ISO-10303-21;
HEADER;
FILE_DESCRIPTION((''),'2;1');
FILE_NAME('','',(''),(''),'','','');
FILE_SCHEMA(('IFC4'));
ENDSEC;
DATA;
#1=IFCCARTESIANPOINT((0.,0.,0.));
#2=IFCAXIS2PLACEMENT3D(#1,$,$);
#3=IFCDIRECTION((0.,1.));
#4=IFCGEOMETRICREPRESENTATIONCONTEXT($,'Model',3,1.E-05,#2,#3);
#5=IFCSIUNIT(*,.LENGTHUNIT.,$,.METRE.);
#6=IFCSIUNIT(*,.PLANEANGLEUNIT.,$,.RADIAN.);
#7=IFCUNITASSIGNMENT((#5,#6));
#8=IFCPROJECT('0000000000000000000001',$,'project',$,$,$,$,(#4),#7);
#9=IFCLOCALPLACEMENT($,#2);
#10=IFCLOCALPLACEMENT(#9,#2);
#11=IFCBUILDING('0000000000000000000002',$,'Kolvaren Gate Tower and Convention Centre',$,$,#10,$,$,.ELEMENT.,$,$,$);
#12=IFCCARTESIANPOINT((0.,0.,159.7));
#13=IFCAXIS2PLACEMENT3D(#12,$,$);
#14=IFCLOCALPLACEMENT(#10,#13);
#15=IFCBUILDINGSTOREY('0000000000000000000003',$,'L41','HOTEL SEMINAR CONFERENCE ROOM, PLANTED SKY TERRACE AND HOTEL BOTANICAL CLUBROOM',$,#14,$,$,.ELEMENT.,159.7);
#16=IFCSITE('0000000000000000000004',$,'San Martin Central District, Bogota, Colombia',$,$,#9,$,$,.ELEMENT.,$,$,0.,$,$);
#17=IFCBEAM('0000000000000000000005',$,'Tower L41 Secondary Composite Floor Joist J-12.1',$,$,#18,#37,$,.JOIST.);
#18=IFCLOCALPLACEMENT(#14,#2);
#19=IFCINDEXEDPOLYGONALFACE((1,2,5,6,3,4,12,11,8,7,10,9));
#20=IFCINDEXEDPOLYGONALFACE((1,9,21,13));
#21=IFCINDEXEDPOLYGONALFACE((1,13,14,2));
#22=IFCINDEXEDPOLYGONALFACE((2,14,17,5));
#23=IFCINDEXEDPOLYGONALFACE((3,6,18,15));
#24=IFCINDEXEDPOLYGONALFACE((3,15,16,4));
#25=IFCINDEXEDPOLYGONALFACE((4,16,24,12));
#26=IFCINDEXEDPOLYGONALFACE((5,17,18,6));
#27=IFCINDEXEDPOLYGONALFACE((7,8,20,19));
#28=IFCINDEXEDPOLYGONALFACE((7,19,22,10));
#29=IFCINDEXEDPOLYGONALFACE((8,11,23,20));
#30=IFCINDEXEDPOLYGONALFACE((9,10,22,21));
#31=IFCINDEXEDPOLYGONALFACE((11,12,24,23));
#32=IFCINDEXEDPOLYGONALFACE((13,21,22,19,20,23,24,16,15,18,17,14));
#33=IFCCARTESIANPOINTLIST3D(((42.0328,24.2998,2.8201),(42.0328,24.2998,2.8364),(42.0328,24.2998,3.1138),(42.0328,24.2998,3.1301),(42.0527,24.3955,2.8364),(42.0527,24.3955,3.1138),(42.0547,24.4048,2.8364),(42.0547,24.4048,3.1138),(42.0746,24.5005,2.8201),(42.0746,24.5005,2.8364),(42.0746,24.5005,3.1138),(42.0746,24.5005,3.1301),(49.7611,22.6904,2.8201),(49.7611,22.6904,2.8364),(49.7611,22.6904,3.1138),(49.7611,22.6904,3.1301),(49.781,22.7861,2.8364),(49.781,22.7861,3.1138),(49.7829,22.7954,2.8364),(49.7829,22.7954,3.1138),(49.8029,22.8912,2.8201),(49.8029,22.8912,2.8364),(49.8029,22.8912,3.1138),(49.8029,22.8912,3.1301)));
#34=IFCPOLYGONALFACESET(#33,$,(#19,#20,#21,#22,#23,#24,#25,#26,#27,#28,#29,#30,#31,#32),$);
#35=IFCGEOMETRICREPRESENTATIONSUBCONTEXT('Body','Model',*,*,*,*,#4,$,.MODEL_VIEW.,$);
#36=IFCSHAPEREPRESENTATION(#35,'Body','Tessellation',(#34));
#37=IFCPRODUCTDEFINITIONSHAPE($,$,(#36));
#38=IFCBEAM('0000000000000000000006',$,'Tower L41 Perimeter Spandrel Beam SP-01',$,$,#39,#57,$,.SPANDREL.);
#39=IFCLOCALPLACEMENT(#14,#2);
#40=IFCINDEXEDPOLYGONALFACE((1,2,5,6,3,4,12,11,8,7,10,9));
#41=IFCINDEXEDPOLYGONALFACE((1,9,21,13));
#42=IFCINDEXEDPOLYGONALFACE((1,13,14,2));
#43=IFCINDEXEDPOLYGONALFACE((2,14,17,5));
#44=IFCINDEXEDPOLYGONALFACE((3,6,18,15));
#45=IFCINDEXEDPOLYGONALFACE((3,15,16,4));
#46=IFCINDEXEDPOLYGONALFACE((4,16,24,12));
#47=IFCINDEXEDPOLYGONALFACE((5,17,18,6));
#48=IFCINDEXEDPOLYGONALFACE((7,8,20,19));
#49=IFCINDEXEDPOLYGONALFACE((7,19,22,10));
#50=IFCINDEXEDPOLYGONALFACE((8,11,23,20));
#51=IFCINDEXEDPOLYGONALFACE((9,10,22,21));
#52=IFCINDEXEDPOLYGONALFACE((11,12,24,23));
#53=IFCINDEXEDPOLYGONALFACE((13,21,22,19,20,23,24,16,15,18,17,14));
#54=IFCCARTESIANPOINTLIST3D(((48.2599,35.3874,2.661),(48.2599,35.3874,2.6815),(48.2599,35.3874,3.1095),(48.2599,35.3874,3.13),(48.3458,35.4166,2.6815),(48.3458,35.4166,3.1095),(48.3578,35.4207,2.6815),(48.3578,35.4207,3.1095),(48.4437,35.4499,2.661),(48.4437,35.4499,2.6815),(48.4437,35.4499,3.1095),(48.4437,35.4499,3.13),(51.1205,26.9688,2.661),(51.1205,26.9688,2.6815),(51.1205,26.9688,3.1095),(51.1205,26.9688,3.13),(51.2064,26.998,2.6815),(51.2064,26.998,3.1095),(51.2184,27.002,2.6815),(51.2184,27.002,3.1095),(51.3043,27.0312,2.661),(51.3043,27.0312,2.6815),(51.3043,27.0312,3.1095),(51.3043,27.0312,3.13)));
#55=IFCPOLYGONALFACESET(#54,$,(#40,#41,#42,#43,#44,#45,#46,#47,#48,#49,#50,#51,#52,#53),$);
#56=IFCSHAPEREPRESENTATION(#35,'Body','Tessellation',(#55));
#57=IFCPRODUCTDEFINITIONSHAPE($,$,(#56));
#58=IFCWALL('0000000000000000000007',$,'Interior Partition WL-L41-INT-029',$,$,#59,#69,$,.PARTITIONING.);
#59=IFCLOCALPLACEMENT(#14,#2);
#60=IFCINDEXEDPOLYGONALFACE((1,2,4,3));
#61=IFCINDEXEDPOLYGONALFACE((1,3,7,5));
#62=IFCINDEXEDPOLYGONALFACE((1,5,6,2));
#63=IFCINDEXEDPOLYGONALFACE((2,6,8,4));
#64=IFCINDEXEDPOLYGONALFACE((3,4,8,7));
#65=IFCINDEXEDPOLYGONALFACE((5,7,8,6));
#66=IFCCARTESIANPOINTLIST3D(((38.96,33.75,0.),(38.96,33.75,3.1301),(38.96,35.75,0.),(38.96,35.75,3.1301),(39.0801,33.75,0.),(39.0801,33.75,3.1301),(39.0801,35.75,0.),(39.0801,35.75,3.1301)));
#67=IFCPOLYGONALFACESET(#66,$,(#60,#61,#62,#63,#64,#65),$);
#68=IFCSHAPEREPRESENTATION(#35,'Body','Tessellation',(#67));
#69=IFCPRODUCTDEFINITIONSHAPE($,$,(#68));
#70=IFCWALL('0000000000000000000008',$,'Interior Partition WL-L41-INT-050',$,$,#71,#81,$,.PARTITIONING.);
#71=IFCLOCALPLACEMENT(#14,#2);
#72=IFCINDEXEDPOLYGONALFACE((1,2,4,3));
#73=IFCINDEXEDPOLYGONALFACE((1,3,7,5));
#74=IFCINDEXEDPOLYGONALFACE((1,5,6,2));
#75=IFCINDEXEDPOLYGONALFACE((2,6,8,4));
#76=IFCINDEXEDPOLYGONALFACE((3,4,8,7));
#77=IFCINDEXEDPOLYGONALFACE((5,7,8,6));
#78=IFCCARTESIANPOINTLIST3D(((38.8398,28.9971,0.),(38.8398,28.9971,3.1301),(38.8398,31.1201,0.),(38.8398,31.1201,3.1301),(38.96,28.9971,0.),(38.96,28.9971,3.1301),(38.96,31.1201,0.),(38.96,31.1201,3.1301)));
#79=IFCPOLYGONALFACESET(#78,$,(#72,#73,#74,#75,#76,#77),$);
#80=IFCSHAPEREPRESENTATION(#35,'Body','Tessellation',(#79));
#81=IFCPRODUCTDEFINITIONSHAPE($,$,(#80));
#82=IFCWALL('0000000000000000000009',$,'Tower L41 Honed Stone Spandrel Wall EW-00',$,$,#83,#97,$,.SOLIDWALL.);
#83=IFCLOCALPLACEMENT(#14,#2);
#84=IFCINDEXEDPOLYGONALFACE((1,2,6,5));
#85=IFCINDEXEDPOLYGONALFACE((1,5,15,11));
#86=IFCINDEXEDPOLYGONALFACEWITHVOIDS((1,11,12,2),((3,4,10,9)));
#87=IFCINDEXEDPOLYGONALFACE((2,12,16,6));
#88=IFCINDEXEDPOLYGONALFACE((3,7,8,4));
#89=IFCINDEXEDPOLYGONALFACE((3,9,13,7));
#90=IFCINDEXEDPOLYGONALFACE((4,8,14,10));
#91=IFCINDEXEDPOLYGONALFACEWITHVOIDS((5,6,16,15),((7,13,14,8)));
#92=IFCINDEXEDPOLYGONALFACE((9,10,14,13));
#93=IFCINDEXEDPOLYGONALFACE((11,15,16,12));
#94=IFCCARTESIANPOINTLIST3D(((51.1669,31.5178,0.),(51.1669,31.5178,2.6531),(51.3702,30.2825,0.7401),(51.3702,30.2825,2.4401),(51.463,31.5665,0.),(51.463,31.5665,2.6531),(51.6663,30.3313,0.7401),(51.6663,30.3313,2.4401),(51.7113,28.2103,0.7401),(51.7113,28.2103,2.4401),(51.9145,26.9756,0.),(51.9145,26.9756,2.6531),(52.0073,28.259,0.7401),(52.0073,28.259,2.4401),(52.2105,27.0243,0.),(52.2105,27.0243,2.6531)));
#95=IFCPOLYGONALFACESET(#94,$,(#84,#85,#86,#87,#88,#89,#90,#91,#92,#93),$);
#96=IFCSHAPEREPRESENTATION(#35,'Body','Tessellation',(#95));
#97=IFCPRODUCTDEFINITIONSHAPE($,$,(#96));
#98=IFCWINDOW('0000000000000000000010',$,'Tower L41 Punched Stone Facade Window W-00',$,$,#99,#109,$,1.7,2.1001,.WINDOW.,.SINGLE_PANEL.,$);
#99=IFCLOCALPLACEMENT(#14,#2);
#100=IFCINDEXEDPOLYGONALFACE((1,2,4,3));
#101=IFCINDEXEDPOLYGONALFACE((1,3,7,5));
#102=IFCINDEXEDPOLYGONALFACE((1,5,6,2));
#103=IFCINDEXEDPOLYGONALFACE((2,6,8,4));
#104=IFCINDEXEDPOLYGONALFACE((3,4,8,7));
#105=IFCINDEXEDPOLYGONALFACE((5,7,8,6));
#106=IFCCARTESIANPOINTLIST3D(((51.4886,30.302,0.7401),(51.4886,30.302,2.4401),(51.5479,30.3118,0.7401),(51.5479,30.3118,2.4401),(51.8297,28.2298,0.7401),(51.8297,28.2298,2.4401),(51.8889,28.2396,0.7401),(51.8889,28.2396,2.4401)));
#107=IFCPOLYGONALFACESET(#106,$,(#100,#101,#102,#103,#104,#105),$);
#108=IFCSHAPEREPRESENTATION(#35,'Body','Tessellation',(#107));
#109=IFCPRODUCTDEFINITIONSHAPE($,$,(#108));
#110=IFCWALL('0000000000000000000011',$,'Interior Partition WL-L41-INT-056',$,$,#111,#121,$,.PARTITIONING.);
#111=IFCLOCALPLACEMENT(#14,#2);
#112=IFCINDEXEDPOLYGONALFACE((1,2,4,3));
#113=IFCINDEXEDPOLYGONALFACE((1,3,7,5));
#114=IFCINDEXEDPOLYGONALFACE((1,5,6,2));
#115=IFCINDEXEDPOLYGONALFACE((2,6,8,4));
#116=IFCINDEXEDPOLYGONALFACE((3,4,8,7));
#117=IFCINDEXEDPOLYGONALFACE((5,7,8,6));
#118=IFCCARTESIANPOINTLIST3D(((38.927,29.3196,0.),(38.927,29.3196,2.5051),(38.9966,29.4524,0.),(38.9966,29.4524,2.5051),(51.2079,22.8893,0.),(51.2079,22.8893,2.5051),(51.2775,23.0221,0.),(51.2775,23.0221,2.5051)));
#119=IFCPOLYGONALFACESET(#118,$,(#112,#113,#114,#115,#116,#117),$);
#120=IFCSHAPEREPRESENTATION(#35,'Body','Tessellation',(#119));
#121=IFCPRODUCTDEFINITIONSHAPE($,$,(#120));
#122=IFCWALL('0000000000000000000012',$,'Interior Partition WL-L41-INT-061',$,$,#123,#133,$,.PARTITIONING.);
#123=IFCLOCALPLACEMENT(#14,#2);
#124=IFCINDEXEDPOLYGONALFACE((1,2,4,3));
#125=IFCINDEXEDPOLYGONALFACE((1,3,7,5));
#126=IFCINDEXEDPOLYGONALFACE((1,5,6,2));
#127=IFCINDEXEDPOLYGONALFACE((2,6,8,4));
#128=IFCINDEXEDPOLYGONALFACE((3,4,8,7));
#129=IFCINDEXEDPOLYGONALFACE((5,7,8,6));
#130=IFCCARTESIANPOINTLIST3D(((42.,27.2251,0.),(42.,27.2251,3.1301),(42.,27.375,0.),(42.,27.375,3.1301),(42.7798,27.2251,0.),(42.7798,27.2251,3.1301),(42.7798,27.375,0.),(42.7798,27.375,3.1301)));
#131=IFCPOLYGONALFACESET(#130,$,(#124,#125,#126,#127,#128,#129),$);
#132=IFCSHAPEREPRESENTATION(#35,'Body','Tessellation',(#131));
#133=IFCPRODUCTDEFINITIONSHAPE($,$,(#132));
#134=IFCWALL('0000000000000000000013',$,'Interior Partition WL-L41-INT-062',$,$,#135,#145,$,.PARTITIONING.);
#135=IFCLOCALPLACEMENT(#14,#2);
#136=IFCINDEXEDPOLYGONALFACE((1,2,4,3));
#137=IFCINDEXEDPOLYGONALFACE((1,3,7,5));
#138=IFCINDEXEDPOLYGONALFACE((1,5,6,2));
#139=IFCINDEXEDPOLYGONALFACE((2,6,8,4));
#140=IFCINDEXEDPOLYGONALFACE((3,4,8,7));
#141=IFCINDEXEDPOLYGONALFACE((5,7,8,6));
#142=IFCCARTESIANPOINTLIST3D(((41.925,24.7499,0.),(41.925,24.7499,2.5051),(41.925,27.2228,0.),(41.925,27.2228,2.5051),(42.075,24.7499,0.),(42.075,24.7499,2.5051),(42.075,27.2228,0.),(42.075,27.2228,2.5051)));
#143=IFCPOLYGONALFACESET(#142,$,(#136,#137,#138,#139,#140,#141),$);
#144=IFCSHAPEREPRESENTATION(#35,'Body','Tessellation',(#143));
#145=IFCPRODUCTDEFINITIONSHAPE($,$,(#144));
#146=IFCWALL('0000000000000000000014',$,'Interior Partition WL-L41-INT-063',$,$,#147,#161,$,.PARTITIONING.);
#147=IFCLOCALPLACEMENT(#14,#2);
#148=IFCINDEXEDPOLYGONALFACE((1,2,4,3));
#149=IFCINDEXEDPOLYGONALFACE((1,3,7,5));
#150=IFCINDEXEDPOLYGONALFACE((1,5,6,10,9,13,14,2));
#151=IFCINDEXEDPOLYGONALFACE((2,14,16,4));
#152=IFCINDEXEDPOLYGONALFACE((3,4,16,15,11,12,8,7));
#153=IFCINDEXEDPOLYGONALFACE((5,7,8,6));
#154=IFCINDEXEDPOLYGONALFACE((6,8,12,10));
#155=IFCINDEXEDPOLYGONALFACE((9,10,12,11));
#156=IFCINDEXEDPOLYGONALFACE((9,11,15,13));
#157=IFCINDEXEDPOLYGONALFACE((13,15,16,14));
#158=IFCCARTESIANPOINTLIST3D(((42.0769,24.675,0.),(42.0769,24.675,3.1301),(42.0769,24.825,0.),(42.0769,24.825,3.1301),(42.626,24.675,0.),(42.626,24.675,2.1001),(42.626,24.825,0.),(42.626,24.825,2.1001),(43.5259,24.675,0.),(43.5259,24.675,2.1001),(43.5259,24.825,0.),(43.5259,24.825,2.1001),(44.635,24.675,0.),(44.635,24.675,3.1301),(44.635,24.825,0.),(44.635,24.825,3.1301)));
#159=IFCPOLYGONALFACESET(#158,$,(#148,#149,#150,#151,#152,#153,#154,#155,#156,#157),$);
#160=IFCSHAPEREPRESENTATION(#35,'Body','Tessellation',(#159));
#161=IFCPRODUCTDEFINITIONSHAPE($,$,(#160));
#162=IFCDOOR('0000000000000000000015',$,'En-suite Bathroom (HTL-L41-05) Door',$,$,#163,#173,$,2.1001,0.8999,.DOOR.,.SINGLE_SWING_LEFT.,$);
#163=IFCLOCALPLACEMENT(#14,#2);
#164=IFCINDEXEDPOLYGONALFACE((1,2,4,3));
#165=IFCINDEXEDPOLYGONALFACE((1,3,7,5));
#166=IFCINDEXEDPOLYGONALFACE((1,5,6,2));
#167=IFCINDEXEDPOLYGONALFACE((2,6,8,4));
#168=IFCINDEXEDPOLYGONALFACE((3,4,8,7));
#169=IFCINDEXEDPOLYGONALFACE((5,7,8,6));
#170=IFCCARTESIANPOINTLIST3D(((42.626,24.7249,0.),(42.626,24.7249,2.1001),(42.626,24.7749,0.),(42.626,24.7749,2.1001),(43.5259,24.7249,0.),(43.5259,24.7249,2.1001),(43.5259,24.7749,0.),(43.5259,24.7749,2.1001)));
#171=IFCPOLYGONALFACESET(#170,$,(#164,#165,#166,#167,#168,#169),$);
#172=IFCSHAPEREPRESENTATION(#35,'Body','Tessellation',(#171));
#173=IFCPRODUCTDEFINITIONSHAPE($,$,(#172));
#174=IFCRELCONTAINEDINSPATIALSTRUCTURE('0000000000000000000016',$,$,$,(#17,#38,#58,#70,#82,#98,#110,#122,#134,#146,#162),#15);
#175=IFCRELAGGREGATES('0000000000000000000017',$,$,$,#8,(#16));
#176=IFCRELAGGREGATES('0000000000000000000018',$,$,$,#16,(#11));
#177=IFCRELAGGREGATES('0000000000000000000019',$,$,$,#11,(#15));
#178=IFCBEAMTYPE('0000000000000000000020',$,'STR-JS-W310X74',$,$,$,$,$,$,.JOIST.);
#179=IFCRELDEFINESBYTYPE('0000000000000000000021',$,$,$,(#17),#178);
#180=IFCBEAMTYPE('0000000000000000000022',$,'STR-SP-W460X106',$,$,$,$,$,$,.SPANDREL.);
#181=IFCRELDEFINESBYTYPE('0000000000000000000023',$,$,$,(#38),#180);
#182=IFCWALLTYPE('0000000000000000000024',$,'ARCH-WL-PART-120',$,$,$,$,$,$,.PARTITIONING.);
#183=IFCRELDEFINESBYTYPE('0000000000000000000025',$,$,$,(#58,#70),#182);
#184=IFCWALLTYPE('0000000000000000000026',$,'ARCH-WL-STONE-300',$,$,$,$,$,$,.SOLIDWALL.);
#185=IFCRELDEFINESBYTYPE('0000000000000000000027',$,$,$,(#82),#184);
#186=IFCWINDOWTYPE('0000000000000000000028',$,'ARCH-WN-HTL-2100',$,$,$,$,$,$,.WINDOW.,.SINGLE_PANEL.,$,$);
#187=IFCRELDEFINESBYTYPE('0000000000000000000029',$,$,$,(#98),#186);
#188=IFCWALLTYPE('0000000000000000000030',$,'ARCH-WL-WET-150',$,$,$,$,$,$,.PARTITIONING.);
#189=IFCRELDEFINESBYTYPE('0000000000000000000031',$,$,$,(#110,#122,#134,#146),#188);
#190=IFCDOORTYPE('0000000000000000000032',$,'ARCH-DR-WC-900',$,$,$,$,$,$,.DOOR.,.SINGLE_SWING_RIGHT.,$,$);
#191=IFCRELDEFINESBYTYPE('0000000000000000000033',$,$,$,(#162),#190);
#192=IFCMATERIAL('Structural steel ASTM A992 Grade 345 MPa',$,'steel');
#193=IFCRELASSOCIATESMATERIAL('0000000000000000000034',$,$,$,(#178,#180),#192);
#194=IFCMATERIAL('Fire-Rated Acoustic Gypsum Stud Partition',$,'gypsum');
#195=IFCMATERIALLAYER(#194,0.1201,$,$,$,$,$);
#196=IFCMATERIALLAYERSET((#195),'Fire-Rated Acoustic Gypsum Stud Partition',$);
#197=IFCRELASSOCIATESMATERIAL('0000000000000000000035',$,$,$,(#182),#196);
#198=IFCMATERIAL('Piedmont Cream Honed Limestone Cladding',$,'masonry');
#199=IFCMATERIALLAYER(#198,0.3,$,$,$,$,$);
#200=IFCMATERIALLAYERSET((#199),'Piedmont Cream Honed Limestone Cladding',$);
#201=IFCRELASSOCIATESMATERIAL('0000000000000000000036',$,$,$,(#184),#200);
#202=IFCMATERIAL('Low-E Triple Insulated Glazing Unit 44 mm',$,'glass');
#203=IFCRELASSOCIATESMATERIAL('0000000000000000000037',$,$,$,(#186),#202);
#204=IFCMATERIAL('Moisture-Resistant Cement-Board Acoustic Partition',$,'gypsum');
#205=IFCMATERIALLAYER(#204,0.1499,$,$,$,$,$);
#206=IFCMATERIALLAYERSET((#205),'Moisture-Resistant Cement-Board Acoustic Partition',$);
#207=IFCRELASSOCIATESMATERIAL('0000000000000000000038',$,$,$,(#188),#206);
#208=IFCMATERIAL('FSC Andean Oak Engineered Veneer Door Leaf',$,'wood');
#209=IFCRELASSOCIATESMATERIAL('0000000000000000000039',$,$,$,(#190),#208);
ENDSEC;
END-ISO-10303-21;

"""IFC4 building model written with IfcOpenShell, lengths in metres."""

from ifc_helpers import new_model, si_unit, direction, frame, frame_2d, origin, origin_2d, place, context, subcontext, project, spatial, rectangle, i_section, extrude, material, layer, layer_set, material_profile, profile_set, type_object, element, fill, save


model = new_model("IFC4")

# Units and contexts
model_context = context("Model", 3, precision=1e-05, world=origin(), true_north=direction((0.0, 1.0)))
body_context = subcontext(model_context, "Body", "Model", "MODEL_VIEW")
ifc_project = project(units=[si_unit("LENGTHUNIT", "METRE"), si_unit("PLANEANGLEUNIT", "RADIAN")], contexts=[model_context])

# Site, building, storey
site_placement = place(None, origin())
site = spatial("IfcSite", under=ifc_project, at=site_placement, Name="San Martin Central District, Bogota, Colombia", CompositionType="ELEMENT", RefElevation=0.0)
building_placement = place(site_placement, origin())
building = spatial("IfcBuilding", under=site, at=building_placement, Name="Kolvaren Gate Tower and Convention Centre", CompositionType="ELEMENT")
storey_placement = place(building_placement, frame((0.0, 0.0, 159.7)))
storey = spatial("IfcBuildingStorey", under=building, at=storey_placement, Name="L41", Description="HOTEL SEMINAR CONFERENCE ROOM, PLANTED SKY TERRACE AND HOTEL BOTANICAL CLUBROOM", CompositionType="ELEMENT", Elevation=159.7)

# Beams
ifc_material_1 = material(Name="Structural steel ASTM A992 Grade 345 MPa", Category="steel")
ifc_material_profile_1 = material_profile(ifc_material_1, i_section(OverallWidth=0.2051, OverallDepth=0.3101, WebThickness=0.0095, FlangeThickness=0.0164, at=origin_2d()), Name="W310X74")
ifc_profile_set_1 = profile_set([ifc_material_profile_1], Name="Structural steel ASTM A992 Grade 345 MPa")
beam_type_1 = type_object("IfcBeamType", Name="STR-JS-W310X74", PredefinedType="JOIST", material=ifc_profile_set_1)
beam_1_placement = place(storey_placement, frame((42.0537, 24.4001, 2.9751), z_axis=(0.978998, -0.203872, 0.0), x_axis=(0.203872, 0.978998, 0.0)))
element("IfcBeam", 1, at=beam_1_placement, inside=storey, type_object=beam_type_1, Name="Tower L41 Secondary Composite Floor Joist J-12.1", PredefinedType="JOIST", context=body_context, shape_type="SweptSolid", body=[
    extrude(i_section(OverallWidth=0.2051, OverallDepth=0.3101, WebThickness=0.0095, FlangeThickness=0.0164, at=origin_2d()), origin(), (0.0, 0.0, 1.0), 7.894),
])
ifc_material_profile_2 = material_profile(ifc_material_1, i_section(OverallWidth=0.1941, OverallDepth=0.469, WebThickness=0.0127, FlangeThickness=0.0205, at=origin_2d()), Name="W460X106")
ifc_profile_set_2 = profile_set([ifc_material_profile_2], Name="Structural steel ASTM A992 Grade 345 MPa")
beam_type_2 = type_object("IfcBeamType", Name="STR-SP-W460X106", PredefinedType="SPANDREL", material=ifc_profile_set_2)
beam_2_placement = place(storey_placement, frame((51.2124, 27.0, 2.8955), z_axis=(-0.321725, 0.946833, 0.0), x_axis=(-0.946833, -0.321725, 0.0)))
element("IfcBeam", 2, at=beam_2_placement, inside=storey, type_object=beam_type_2, Name="Tower L41 Perimeter Spandrel Beam SP-01", PredefinedType="SPANDREL", context=body_context, shape_type="SweptSolid", body=[
    extrude(i_section(OverallWidth=0.1941, OverallDepth=0.469, WebThickness=0.0127, FlangeThickness=0.0205, at=origin_2d()), origin(), (0.0, 0.0, 1.0), 8.8914),
])

# Walls
ifc_material_2 = material(Name="Fire-Rated Acoustic Gypsum Stud Partition", Category="gypsum")
ifc_layer_1 = layer(ifc_material_2, 0.1201)
ifc_layer_set_1 = layer_set([ifc_layer_1], Name="Fire-Rated Acoustic Gypsum Stud Partition")
wall_type_1 = type_object("IfcWallType", Name="ARCH-WL-PART-120", PredefinedType="PARTITIONING", material=ifc_layer_set_1)
wall_1_placement = place(storey_placement, frame((39.02, 33.75, 0.0), z_axis=(0.0, 0.0, 1.0), x_axis=(0.0, 1.0, 0.0)))
element("IfcWall", 3, at=wall_1_placement, inside=storey, type_object=wall_type_1, Name="Interior Partition WL-L41-INT-029", PredefinedType="PARTITIONING", context=body_context, shape_type="SweptSolid", body=[
    extrude(rectangle(XDim=2.0, YDim=0.1201, at=frame_2d((1.0, 0.0))), origin(), (0.0, 0.0, 1.0), 3.1301),
])
wall_2_placement = place(storey_placement, frame((38.8999, 28.9971, 0.0), z_axis=(0.0, 0.0, 1.0), x_axis=(0.0, 1.0, 0.0)))
element("IfcWall", 4, at=wall_2_placement, inside=storey, type_object=wall_type_1, Name="Interior Partition WL-L41-INT-050", PredefinedType="PARTITIONING", context=body_context, shape_type="SweptSolid", body=[
    extrude(rectangle(XDim=2.123, YDim=0.1201, at=frame_2d((1.0615, 0.0))), origin(), (0.0, 0.0, 1.0), 3.1301),
])

# Wall, opening, window
ifc_material_3 = material(Name="Piedmont Cream Honed Limestone Cladding", Category="masonry")
ifc_layer_2 = layer(ifc_material_3, 0.3)
ifc_layer_set_2 = layer_set([ifc_layer_2], Name="Piedmont Cream Honed Limestone Cladding")
wall_type_2 = type_object("IfcWallType", Name="ARCH-WL-STONE-300", PredefinedType="SOLIDWALL", material=ifc_layer_set_2)
wall_3_placement = place(storey_placement, frame((51.3149, 31.5422, 0.0), z_axis=(0.0, 0.0, 1.0), x_axis=(0.162395, -0.986726, 0.0)))
wall_3 = element("IfcWall", 5, at=wall_3_placement, inside=storey, type_object=wall_type_2, Name="Tower L41 Honed Stone Spandrel Wall EW-00", PredefinedType="SOLIDWALL", context=body_context, shape_type="SweptSolid", body=[
    extrude(rectangle(XDim=4.6033, YDim=0.3, at=frame_2d((2.3018, 0.0))), origin(), (0.0, 0.0, 1.0), 2.6531),
])
opening_1_placement = place(wall_3_placement, frame((1.252, 0.0, 0.74)))
opening_1 = element("IfcOpeningElement", 6, at=opening_1_placement, cuts=wall_3, PredefinedType="OPENING", context=body_context, shape_type="SweptSolid", body=[
    extrude(rectangle(XDim=2.1001, YDim=1.7, at=frame_2d((1.05, 0.8501))), frame((0.0, 0.1599, 0.0), z_axis=(0.0, -1.0, 0.0), x_axis=(1.0, 0.0, 0.0)), (0.0, 0.0, 1.0), 0.3201),
])
ifc_material_4 = material(Name="Low-E Triple Insulated Glazing Unit 44 mm", Category="glass")
window_type = type_object("IfcWindowType", Name="ARCH-WN-HTL-2100", PartitioningType="SINGLE_PANEL", PredefinedType="WINDOW", material=ifc_material_4)
window_placement = place(opening_1_placement, origin())
window = element("IfcWindow", 7, at=window_placement, inside=storey, type_object=window_type, Name="Tower L41 Punched Stone Facade Window W-00", OverallHeight=1.7, OverallWidth=2.1001, PartitioningType="SINGLE_PANEL", PredefinedType="WINDOW", context=body_context, shape_type="SweptSolid", body=[
    extrude(rectangle(XDim=2.1001, YDim=1.7, at=frame_2d((1.05, 0.8501))), frame((0.0, 0.03, 0.0), z_axis=(0.0, -1.0, 0.0), x_axis=(1.0, 0.0, 0.0)), (0.0, 0.0, 1.0), 0.0601),
])
fill(opening_1, window)

# Walls
ifc_material_5 = material(Name="Moisture-Resistant Cement-Board Acoustic Partition", Category="gypsum")
ifc_layer_3 = layer(ifc_material_5, 0.1499)
ifc_layer_set_3 = layer_set([ifc_layer_3], Name="Moisture-Resistant Cement-Board Acoustic Partition")
wall_type_3 = type_object("IfcWallType", Name="ARCH-WL-WET-150", PredefinedType="PARTITIONING", material=ifc_layer_set_3)
wall_4_placement = place(storey_placement, frame((38.9619, 29.386, 0.0), z_axis=(0.0, 0.0, 1.0), x_axis=(0.885905, -0.463866, 0.0)))
element("IfcWall", 8, at=wall_4_placement, inside=storey, type_object=wall_type_3, Name="Interior Partition WL-L41-INT-056", PredefinedType="PARTITIONING", context=body_context, shape_type="SweptSolid", body=[
    extrude(rectangle(XDim=13.8625, YDim=0.1499, at=frame_2d((6.9312, 0.0))), origin(), (0.0, 0.0, 1.0), 2.5051),
])
wall_5_placement = place(storey_placement, frame((42.0, 27.3, 0.0), z_axis=(0.0, 0.0, 1.0), x_axis=(1.0, 0.0, 0.0)))
element("IfcWall", 9, at=wall_5_placement, inside=storey, type_object=wall_type_3, Name="Interior Partition WL-L41-INT-061", PredefinedType="PARTITIONING", context=body_context, shape_type="SweptSolid", body=[
    extrude(rectangle(XDim=0.7798, YDim=0.1499, at=frame_2d((0.3899, 0.0))), origin(), (0.0, 0.0, 1.0), 3.1301),
])
wall_6_placement = place(storey_placement, frame((42.0, 24.75, 0.0), z_axis=(0.0, 0.0, 1.0), x_axis=(0.0, 1.0, 0.0)))
element("IfcWall", 10, at=wall_6_placement, inside=storey, type_object=wall_type_3, Name="Interior Partition WL-L41-INT-062", PredefinedType="PARTITIONING", context=body_context, shape_type="SweptSolid", body=[
    extrude(rectangle(XDim=2.4729, YDim=0.1499, at=frame_2d((1.2363, 0.0))), origin(), (0.0, 0.0, 1.0), 2.5051),
])

# Wall, opening, door
wall_7_placement = place(storey_placement, frame((42.0769, 24.75, 0.0), z_axis=(0.0, 0.0, 1.0), x_axis=(1.0, 0.0, 0.0)))
wall_7 = element("IfcWall", 11, at=wall_7_placement, inside=storey, type_object=wall_type_3, Name="Interior Partition WL-L41-INT-063", PredefinedType="PARTITIONING", context=body_context, shape_type="SweptSolid", body=[
    extrude(rectangle(XDim=2.5581, YDim=0.1499, at=frame_2d((1.2791, 0.0))), origin(), (0.0, 0.0, 1.0), 3.1301),
])
opening_2_placement = place(wall_7_placement, frame((0.5491, 0.0, 0.0)))
opening_2 = element("IfcOpeningElement", 12, at=opening_2_placement, cuts=wall_7, PredefinedType="OPENING", context=body_context, shape_type="SweptSolid", body=[
    extrude(rectangle(XDim=0.8999, YDim=2.1001, at=frame_2d((0.45, 1.05))), frame((0.0, 0.085, 0.0), z_axis=(0.0, -1.0, 0.0), x_axis=(1.0, 0.0, 0.0)), (0.0, 0.0, 1.0), 0.1699),
])
ifc_material_6 = material(Name="FSC Andean Oak Engineered Veneer Door Leaf", Category="wood")
door_type = type_object("IfcDoorType", Name="ARCH-DR-WC-900", OperationType="SINGLE_SWING_RIGHT", PredefinedType="DOOR", material=ifc_material_6)
door_placement = place(opening_2_placement, origin())
door = element("IfcDoor", 13, at=door_placement, inside=storey, type_object=door_type, Name="En-suite Bathroom (HTL-L41-05) Door", OperationType="SINGLE_SWING_LEFT", OverallHeight=2.1001, OverallWidth=0.8999, PredefinedType="DOOR", context=body_context, shape_type="SweptSolid", body=[
    extrude(rectangle(XDim=0.8999, YDim=2.1001, at=frame_2d((0.45, 1.05))), frame((0.0, 0.0249, 0.0), z_axis=(0.0, -1.0, 0.0), x_axis=(1.0, 0.0, 0.0)), (0.0, 0.0, 1.0), 0.05),
])
fill(opening_2, door)

save(model, "model.ifc")
